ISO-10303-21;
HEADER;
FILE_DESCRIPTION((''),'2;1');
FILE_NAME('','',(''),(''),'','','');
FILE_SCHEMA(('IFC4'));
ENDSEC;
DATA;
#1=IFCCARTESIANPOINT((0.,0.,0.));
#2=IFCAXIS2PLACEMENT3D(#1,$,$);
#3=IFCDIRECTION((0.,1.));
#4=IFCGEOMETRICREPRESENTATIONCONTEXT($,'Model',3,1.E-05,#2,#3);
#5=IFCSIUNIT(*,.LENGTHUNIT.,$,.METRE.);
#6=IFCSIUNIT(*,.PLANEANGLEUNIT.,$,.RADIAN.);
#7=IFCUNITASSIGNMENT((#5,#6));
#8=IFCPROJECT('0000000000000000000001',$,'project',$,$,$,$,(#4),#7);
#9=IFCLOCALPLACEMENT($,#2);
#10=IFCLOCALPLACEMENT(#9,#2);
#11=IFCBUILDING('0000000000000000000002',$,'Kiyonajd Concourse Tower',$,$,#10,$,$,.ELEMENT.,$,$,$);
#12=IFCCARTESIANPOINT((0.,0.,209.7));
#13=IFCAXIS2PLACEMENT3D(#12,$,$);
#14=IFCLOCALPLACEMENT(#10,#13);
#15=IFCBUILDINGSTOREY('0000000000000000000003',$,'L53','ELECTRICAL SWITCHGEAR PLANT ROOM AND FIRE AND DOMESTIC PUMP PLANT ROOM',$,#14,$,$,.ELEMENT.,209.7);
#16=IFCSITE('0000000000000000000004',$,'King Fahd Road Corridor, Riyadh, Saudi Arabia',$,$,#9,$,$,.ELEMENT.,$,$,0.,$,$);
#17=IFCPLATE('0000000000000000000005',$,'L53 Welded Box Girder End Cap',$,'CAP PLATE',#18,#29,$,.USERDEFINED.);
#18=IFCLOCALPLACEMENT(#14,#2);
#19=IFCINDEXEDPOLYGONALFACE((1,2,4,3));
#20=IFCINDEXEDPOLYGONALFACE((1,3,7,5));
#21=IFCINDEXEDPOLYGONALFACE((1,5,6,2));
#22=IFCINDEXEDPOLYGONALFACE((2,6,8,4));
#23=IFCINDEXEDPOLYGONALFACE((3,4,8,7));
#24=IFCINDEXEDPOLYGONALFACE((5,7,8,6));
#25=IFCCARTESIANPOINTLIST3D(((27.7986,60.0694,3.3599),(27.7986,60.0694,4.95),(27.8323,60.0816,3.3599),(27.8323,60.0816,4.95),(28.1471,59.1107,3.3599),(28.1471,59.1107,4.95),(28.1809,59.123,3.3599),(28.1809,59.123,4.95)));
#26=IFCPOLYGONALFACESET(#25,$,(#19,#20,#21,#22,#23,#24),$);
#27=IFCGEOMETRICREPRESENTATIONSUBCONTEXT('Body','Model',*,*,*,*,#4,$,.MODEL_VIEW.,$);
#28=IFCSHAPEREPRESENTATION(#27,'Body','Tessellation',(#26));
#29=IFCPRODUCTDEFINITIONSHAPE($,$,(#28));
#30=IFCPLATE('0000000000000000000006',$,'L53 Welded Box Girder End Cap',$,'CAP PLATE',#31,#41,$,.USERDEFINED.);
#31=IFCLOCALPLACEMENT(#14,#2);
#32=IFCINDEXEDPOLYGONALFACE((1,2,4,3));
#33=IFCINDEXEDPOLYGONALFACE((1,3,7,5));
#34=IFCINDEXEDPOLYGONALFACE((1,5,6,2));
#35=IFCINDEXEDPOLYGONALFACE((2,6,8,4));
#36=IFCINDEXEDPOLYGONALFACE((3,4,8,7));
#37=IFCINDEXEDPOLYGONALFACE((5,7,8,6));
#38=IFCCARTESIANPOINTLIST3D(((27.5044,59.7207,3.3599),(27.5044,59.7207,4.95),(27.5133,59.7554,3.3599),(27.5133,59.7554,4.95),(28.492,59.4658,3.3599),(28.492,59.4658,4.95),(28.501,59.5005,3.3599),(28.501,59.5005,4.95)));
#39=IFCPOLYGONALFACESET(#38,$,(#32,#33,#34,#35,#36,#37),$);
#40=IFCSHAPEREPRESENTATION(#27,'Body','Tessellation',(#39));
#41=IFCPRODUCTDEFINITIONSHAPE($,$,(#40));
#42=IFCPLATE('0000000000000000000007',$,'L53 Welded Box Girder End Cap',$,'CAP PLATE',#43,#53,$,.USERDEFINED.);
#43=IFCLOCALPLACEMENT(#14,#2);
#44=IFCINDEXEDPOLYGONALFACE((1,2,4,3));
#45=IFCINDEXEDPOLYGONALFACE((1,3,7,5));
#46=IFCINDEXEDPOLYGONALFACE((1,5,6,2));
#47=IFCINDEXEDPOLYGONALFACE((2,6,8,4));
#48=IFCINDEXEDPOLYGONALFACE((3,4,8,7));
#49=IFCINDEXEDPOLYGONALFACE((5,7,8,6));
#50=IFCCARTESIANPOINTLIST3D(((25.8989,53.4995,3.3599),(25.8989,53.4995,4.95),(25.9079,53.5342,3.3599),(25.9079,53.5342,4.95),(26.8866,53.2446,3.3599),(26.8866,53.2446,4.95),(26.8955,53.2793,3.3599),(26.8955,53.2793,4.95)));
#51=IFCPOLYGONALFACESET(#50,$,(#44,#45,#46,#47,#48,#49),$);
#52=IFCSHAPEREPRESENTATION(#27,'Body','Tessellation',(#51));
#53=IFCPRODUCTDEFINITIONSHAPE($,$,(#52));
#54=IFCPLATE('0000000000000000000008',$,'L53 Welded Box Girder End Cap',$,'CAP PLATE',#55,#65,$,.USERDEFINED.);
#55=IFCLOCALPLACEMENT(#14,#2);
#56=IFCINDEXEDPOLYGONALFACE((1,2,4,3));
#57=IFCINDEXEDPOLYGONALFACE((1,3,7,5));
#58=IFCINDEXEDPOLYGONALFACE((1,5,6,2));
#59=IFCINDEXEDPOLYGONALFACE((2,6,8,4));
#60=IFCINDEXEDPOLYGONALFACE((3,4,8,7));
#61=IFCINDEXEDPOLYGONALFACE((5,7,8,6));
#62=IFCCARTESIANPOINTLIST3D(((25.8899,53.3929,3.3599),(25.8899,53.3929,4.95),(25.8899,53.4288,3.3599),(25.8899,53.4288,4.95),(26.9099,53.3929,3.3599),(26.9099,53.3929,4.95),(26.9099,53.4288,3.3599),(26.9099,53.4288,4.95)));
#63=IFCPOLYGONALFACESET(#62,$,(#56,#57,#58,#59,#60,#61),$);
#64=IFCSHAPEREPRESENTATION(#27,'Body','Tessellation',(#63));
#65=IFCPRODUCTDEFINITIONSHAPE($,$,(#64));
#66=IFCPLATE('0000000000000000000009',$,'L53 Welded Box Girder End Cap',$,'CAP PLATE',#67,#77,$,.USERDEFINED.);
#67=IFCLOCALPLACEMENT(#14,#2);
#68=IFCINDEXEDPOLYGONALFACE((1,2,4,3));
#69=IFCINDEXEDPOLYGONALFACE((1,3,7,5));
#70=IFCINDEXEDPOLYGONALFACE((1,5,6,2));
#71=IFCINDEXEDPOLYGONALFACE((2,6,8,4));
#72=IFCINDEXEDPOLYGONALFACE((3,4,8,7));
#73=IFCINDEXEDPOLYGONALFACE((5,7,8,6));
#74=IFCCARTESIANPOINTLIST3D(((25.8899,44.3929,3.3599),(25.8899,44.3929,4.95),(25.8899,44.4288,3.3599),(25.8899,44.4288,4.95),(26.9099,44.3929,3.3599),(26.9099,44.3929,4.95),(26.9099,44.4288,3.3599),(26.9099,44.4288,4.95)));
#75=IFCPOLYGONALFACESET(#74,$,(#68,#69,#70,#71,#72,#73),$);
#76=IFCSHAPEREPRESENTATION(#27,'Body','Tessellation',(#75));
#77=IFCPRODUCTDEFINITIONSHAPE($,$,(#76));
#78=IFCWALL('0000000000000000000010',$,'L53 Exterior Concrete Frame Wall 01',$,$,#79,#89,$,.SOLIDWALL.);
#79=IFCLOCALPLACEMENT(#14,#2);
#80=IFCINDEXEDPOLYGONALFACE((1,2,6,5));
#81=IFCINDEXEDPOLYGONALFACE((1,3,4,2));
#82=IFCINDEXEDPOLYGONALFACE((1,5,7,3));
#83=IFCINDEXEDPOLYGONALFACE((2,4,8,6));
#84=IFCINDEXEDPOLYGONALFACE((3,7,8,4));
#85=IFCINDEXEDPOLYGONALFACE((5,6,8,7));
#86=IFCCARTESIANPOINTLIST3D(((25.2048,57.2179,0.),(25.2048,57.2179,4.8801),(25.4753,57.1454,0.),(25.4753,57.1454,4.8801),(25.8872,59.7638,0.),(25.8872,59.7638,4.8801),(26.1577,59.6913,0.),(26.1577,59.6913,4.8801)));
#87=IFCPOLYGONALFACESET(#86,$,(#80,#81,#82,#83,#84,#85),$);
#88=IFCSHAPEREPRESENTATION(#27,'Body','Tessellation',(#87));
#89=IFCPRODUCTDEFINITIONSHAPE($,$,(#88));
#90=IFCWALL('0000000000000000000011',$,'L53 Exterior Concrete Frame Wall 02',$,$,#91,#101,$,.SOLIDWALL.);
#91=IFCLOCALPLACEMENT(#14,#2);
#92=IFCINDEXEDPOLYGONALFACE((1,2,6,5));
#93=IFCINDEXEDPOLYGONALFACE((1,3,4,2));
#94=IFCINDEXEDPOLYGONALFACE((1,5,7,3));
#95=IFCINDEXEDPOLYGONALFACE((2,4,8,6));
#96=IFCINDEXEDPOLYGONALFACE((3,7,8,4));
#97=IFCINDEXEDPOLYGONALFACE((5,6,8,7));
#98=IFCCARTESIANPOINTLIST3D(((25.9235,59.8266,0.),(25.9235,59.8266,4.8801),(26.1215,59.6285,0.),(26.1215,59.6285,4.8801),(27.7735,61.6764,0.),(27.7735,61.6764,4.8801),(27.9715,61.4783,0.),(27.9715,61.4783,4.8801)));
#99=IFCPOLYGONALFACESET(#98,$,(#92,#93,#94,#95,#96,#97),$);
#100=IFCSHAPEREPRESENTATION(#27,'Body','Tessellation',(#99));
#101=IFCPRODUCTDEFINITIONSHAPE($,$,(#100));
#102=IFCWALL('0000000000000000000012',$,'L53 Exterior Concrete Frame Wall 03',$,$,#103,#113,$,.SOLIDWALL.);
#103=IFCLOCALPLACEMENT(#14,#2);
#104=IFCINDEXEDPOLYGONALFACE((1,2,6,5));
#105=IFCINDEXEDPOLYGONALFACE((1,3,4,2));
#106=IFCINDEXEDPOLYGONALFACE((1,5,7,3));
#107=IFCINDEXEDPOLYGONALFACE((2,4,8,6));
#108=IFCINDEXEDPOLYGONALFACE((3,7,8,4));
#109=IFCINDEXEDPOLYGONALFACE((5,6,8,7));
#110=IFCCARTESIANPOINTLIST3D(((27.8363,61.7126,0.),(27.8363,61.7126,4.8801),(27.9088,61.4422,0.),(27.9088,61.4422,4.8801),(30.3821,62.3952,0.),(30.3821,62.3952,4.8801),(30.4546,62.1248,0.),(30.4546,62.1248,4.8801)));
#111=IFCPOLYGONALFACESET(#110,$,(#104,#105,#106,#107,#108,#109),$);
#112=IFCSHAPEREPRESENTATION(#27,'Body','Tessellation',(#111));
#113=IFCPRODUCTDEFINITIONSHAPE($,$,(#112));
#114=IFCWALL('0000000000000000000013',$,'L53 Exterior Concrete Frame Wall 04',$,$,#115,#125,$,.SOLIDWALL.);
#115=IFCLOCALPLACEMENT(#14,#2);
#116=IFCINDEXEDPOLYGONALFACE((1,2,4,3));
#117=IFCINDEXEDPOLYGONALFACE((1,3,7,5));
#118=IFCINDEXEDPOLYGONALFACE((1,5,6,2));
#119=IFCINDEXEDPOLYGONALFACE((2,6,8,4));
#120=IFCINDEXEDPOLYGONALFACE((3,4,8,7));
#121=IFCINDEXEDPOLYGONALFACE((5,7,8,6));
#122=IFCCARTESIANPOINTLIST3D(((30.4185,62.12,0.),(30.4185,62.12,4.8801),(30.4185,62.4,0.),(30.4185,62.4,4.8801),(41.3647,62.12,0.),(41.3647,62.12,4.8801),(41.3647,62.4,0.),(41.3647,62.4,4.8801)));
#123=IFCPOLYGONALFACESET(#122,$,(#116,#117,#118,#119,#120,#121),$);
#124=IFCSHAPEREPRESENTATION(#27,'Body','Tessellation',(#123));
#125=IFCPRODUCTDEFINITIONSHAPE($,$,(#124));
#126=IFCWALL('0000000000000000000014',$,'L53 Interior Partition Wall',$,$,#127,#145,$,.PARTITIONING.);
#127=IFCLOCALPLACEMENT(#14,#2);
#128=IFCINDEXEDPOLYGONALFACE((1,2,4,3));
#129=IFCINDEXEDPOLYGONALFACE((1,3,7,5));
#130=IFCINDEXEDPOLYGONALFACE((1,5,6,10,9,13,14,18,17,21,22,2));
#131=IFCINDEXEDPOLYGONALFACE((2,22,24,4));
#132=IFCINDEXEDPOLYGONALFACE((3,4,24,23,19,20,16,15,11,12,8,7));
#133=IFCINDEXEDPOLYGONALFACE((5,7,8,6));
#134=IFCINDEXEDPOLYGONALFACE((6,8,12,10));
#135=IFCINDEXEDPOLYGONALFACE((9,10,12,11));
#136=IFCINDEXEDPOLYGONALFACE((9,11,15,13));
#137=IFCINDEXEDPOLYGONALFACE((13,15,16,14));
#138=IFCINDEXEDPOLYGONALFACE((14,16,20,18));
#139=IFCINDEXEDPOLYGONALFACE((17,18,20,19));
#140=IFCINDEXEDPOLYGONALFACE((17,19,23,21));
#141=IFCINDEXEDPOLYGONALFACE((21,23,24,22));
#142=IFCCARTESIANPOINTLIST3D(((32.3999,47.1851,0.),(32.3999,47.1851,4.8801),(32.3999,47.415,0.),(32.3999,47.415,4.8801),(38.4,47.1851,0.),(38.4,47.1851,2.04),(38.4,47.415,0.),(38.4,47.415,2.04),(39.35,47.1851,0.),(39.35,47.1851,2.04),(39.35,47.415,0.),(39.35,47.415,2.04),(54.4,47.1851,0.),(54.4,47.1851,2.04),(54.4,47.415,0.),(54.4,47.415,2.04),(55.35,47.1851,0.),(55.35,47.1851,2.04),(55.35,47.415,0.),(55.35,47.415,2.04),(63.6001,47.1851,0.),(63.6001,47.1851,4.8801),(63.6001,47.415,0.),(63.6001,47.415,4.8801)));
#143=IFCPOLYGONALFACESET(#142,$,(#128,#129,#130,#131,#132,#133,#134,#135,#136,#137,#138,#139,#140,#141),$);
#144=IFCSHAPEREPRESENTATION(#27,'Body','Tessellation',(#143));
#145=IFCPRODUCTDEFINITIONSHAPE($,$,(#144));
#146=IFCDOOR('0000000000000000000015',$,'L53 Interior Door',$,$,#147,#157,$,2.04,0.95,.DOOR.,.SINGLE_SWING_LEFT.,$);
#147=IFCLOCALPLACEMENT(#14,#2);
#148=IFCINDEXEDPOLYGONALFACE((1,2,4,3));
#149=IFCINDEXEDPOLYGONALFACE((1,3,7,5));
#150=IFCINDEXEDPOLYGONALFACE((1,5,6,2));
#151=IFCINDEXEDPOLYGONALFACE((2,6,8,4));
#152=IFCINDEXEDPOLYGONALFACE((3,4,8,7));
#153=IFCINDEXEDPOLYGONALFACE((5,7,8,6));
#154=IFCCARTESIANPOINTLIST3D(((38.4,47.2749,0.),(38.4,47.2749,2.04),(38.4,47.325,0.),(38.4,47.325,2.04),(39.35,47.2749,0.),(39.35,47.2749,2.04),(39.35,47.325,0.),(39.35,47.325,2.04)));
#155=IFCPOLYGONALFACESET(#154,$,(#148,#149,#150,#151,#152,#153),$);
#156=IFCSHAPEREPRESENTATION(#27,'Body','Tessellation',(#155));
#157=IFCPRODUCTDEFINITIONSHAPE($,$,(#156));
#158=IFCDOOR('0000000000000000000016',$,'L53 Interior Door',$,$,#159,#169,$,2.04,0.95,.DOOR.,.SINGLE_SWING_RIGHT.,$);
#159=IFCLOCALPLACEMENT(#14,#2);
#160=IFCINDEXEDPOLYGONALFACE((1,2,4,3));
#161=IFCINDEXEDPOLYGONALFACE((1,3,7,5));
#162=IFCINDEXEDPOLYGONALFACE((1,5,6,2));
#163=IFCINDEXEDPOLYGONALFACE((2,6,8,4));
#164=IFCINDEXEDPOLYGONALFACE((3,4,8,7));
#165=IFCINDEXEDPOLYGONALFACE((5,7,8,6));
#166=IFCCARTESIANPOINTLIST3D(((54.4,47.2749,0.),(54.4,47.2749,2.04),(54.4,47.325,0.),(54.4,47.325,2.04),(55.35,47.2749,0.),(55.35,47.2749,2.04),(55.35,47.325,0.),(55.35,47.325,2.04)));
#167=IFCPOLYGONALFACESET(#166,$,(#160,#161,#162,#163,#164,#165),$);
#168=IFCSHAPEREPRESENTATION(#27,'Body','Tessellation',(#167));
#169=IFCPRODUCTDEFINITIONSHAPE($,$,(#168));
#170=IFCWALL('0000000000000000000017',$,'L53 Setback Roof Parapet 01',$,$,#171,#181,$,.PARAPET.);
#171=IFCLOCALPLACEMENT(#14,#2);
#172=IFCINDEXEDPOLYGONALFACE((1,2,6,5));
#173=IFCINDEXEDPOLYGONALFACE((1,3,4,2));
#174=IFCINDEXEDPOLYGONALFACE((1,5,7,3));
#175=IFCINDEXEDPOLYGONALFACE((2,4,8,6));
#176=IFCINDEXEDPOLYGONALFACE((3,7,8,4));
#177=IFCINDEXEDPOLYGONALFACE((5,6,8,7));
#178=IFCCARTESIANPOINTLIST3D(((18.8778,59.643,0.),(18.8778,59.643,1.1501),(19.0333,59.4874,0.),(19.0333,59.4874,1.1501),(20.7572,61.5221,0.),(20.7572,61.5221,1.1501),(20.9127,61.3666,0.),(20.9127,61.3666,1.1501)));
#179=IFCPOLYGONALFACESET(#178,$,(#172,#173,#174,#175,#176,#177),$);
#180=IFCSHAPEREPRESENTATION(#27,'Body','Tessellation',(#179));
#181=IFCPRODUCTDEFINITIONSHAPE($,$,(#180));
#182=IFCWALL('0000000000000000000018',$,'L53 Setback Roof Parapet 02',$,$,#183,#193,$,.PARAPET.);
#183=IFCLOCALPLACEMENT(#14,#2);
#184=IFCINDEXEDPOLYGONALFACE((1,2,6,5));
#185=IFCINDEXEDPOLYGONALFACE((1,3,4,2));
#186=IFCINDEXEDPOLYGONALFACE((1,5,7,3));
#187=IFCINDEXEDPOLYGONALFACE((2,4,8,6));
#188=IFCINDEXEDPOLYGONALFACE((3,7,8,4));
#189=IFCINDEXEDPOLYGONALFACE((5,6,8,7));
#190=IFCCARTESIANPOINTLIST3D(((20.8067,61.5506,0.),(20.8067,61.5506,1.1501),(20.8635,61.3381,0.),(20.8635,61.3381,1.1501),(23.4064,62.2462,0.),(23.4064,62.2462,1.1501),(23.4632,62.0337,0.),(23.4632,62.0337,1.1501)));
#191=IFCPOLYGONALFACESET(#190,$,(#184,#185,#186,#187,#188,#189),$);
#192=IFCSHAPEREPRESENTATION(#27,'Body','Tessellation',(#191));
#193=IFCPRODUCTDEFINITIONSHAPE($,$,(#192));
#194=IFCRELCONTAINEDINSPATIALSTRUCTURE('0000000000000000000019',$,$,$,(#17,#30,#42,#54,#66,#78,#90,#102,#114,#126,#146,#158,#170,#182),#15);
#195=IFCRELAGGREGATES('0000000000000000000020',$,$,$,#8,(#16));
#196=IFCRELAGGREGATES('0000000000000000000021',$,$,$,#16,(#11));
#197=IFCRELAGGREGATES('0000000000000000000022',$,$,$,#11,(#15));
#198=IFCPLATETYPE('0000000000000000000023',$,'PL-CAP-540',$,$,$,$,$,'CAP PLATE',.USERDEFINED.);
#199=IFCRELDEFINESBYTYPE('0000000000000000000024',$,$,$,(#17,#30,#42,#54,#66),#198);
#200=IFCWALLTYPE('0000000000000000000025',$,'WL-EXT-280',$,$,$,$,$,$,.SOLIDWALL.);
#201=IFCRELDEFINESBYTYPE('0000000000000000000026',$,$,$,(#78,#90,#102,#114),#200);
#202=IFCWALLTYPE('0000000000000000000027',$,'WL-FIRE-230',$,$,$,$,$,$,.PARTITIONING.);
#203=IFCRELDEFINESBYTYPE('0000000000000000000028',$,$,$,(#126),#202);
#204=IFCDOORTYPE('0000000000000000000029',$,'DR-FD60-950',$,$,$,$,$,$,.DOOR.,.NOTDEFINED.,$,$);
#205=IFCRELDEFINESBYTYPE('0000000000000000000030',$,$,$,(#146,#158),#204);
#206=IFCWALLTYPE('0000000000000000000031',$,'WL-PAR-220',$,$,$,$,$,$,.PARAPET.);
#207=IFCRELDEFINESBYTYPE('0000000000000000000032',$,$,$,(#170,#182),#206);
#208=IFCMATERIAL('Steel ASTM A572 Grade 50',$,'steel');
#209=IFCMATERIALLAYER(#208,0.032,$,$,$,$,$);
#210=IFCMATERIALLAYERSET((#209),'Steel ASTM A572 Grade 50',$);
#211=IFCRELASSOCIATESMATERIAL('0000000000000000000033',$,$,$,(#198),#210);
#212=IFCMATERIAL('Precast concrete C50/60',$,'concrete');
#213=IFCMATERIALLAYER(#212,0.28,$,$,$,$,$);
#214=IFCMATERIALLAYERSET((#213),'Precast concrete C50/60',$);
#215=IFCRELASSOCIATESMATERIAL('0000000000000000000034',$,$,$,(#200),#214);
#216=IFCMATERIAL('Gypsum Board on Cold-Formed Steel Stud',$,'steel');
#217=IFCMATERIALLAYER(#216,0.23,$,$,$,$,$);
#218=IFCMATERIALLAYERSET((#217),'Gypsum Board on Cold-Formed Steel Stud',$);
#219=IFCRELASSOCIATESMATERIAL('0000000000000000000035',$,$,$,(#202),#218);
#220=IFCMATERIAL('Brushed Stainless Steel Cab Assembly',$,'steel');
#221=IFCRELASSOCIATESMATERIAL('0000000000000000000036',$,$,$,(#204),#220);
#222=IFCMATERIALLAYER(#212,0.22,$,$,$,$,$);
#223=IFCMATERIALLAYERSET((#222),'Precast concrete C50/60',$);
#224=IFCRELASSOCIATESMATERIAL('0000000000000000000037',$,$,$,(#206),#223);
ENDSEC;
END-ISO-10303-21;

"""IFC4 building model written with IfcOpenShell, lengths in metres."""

from ifc_helpers import new_model, si_unit, direction, frame, frame_2d, origin, origin_2d, place, context, subcontext, project, spatial, rectangle, extrude, material, layer, layer_set, type_object, element, fill, save


model = new_model("IFC4")

# Units and contexts
model_context = context("Model", 3, precision=1e-05, world=origin(), true_north=direction((0.0, 1.0)))
body_context = subcontext(model_context, "Body", "Model", "MODEL_VIEW")
ifc_project = project(units=[si_unit("LENGTHUNIT", "METRE"), si_unit("PLANEANGLEUNIT", "RADIAN")], contexts=[model_context])

# Site, building, storey
site_placement = place(None, origin())
site = spatial("IfcSite", under=ifc_project, at=site_placement, Name="King Fahd Road Corridor, Riyadh, Saudi Arabia", CompositionType="ELEMENT", RefElevation=0.0)
building_placement = place(site_placement, origin())
building = spatial("IfcBuilding", under=site, at=building_placement, Name="Kiyonajd Concourse Tower", CompositionType="ELEMENT")
storey_placement = place(building_placement, frame((0.0, 0.0, 209.7)))
storey = spatial("IfcBuildingStorey", under=building, at=storey_placement, Name="L53", Description="ELECTRICAL SWITCHGEAR PLANT ROOM AND FIRE AND DOMESTIC PUMP PLANT ROOM", CompositionType="ELEMENT", Elevation=209.7)

# Shared definitions
ifc_material_1 = material(Name="Steel ASTM A572 Grade 50", Category="steel")

# Plates
ifc_layer_1 = layer(ifc_material_1, 0.032)
ifc_layer_set_1 = layer_set([ifc_layer_1], Name="Steel ASTM A572 Grade 50")
plate_type = type_object("IfcPlateType", Name="PL-CAP-540", ElementType="CAP PLATE", PredefinedType="USERDEFINED", material=ifc_layer_set_1)
for number, where, z_axis, x_axis, name in (
    (1, (27.9897, 59.5962, 3.3599), (0.0, 0.0, 1.0), (-0.939812, -0.341692, 0.0), "L53 Welded Box Girder End Cap"),
    (2, (28.0027, 59.6106, 3.3599), (0.0, 0.0, 1.0), (0.249873, 0.968279, 0.0), "L53 Welded Box Girder End Cap"),
    (3, (26.3972, 53.3894, 3.3599), (0.0, 0.0, 1.0), (-0.249873, -0.968279, 0.0), "L53 Welded Box Girder End Cap"),
    (4, (26.3999, 53.4109, 3.3599), (0.0, 0.0, 1.0), (0.0, 1.0, 0.0), "L53 Welded Box Girder End Cap"),
    (5, (26.3999, 44.4109, 3.3599), (0.0, 0.0, 1.0), (0.0, 1.0, 0.0), "L53 Welded Box Girder End Cap"),
):
    element("IfcPlate", number, at=place(storey_placement, frame(where, z_axis=z_axis, x_axis=x_axis)), inside=storey, type_object=plate_type, Name=name, ObjectType="CAP PLATE", PredefinedType="USERDEFINED", context=body_context, shape_type="SweptSolid", body=[
        extrude(rectangle(XDim=0.0359, YDim=1.02, at=origin_2d()), origin(), (0.0, 0.0, 1.0), 1.5901),
    ])

# Walls
ifc_material_2 = material(Name="Precast concrete C50/60", Category="concrete")
ifc_layer_2 = layer(ifc_material_2, 0.28)
ifc_layer_set_2 = layer_set([ifc_layer_2], Name="Precast concrete C50/60")
wall_type_1 = type_object("IfcWallType", Name="WL-EXT-280", PredefinedType="SOLIDWALL", material=ifc_layer_set_2)
wall_1_placement = place(storey_placement, frame((25.3401, 57.1816, 0.0), z_axis=(0.0, 0.0, 1.0), x_axis=(0.25889, 0.965907, 0.0)))
element("IfcWall", 6, at=wall_1_placement, inside=storey, type_object=wall_type_1, Name="L53 Exterior Concrete Frame Wall 01", PredefinedType="SOLIDWALL", context=body_context, shape_type="SweptSolid", body=[
    extrude(rectangle(XDim=2.6357, YDim=0.28, at=frame_2d((1.3179, 0.0))), origin(), (0.0, 0.0, 1.0), 4.8801),
])
wall_2_placement = place(storey_placement, frame((26.0225, 59.7275, 0.0), z_axis=(0.0, 0.0, 1.0), x_axis=(0.707153, 0.70706, 0.0)))
element("IfcWall", 7, at=wall_2_placement, inside=storey, type_object=wall_type_1, Name="L53 Exterior Concrete Frame Wall 02", PredefinedType="SOLIDWALL", context=body_context, shape_type="SweptSolid", body=[
    extrude(rectangle(XDim=2.6162, YDim=0.28, at=frame_2d((1.3081, 0.0))), origin(), (0.0, 0.0, 1.0), 4.8801),
])
wall_3_placement = place(storey_placement, frame((27.8726, 61.5774, 0.0), z_axis=(0.0, 0.0, 1.0), x_axis=(0.965884, 0.258977, 0.0)))
element("IfcWall", 8, at=wall_3_placement, inside=storey, type_object=wall_type_1, Name="L53 Exterior Concrete Frame Wall 03", PredefinedType="SOLIDWALL", context=body_context, shape_type="SweptSolid", body=[
    extrude(rectangle(XDim=2.6357, YDim=0.28, at=frame_2d((1.3179, 0.0))), origin(), (0.0, 0.0, 1.0), 4.8801),
])
wall_4_placement = place(storey_placement, frame((30.4185, 62.26, 0.0), z_axis=(0.0, 0.0, 1.0), x_axis=(1.0, 0.0, 0.0)))
element("IfcWall", 9, at=wall_4_placement, inside=storey, type_object=wall_type_1, Name="L53 Exterior Concrete Frame Wall 04", PredefinedType="SOLIDWALL", context=body_context, shape_type="SweptSolid", body=[
    extrude(rectangle(XDim=10.9463, YDim=0.28, at=frame_2d((5.4731, 0.0))), origin(), (0.0, 0.0, 1.0), 4.8801),
])

# Wall, openings, doors
ifc_material_3 = material(Name="Gypsum Board on Cold-Formed Steel Stud", Category="steel")
ifc_layer_3 = layer(ifc_material_3, 0.23)
ifc_layer_set_3 = layer_set([ifc_layer_3], Name="Gypsum Board on Cold-Formed Steel Stud")
wall_type_2 = type_object("IfcWallType", Name="WL-FIRE-230", PredefinedType="PARTITIONING", material=ifc_layer_set_3)
wall_5_placement = place(storey_placement, frame((32.3999, 47.3, 0.0), z_axis=(0.0, 0.0, 1.0), x_axis=(1.0, 0.0, 0.0)))
wall_5 = element("IfcWall", 10, at=wall_5_placement, inside=storey, type_object=wall_type_2, Name="L53 Interior Partition Wall", PredefinedType="PARTITIONING", context=body_context, shape_type="SweptSolid", body=[
    extrude(rectangle(XDim=31.2002, YDim=0.23, at=frame_2d((15.6001, 0.0))), origin(), (0.0, 0.0, 1.0), 4.8801),
])
opening_1_placement = place(wall_5_placement, frame((6.0, 0.0, 0.0)))
opening_1 = element("IfcOpeningElement", 11, at=opening_1_placement, cuts=wall_5, PredefinedType="OPENING", context=body_context, shape_type="SweptSolid", body=[
    extrude(rectangle(XDim=0.95, YDim=2.04, at=frame_2d((0.4751, 1.02))), frame((0.0, 0.125, 0.0), z_axis=(0.0, -1.0, 0.0), x_axis=(1.0, 0.0, 0.0)), (0.0, 0.0, 1.0), 0.25),
])
opening_2_placement = place(wall_5_placement, frame((22.0, 0.0, 0.0)))
opening_2 = element("IfcOpeningElement", 12, at=opening_2_placement, cuts=wall_5, PredefinedType="OPENING", context=body_context, shape_type="SweptSolid", body=[
    extrude(rectangle(XDim=0.95, YDim=2.04, at=frame_2d((0.4751, 1.02))), frame((0.0, 0.125, 0.0), z_axis=(0.0, -1.0, 0.0), x_axis=(1.0, 0.0, 0.0)), (0.0, 0.0, 1.0), 0.25),
])
ifc_material_4 = material(Name="Brushed Stainless Steel Cab Assembly", Category="steel")
door_type = type_object("IfcDoorType", Name="DR-FD60-950", OperationType="NOTDEFINED", PredefinedType="DOOR", material=ifc_material_4)
door_1_placement = place(opening_1_placement, origin())
door_1 = element("IfcDoor", 13, at=door_1_placement, inside=storey, type_object=door_type, Name="L53 Interior Door", OperationType="SINGLE_SWING_LEFT", OverallHeight=2.04, OverallWidth=0.95, PredefinedType="DOOR", context=body_context, shape_type="SweptSolid", body=[
    extrude(rectangle(XDim=0.95, YDim=2.04, at=frame_2d((0.4751, 1.02))), frame((0.0, 0.0249, 0.0), z_axis=(0.0, -1.0, 0.0), x_axis=(1.0, 0.0, 0.0)), (0.0, 0.0, 1.0), 0.05),
])
fill(opening_1, door_1)
door_2_placement = place(opening_2_placement, origin())
door_2 = element("IfcDoor", 14, at=door_2_placement, inside=storey, type_object=door_type, Name="L53 Interior Door", OperationType="SINGLE_SWING_RIGHT", OverallHeight=2.04, OverallWidth=0.95, PredefinedType="DOOR", context=body_context, shape_type="SweptSolid", body=[
    extrude(rectangle(XDim=0.95, YDim=2.04, at=frame_2d((0.4751, 1.02))), frame((0.0, 0.0249, 0.0), z_axis=(0.0, -1.0, 0.0), x_axis=(1.0, 0.0, 0.0)), (0.0, 0.0, 1.0), 0.05),
])
fill(opening_2, door_2)

# Walls
ifc_layer_4 = layer(ifc_material_2, 0.22)
ifc_layer_set_4 = layer_set([ifc_layer_4], Name="Precast concrete C50/60")
wall_type_3 = type_object("IfcWallType", Name="WL-PAR-220", PredefinedType="PARAPET", material=ifc_layer_set_4)
wall_6_placement = place(storey_placement, frame((18.9556, 59.5652, 0.0), z_axis=(0.0, 0.0, 1.0), x_axis=(0.707153, 0.707061, 0.0)))
element("IfcWall", 15, at=wall_6_placement, inside=storey, type_object=wall_type_3, Name="L53 Setback Roof Parapet 01", PredefinedType="PARAPET", context=body_context, shape_type="SweptSolid", body=[
    extrude(rectangle(XDim=2.6577, YDim=0.22, at=frame_2d((1.3289, 0.0))), origin(), (0.0, 0.0, 1.0), 1.1501),
])
wall_7_placement = place(storey_placement, frame((20.835, 61.4443, 0.0), z_axis=(0.0, 0.0, 1.0), x_axis=(0.966019, 0.25847, 0.0)))
element("IfcWall", 16, at=wall_7_placement, inside=storey, type_object=wall_type_3, Name="L53 Setback Roof Parapet 02", PredefinedType="PARAPET", context=body_context, shape_type="SweptSolid", body=[
    extrude(rectangle(XDim=2.6912, YDim=0.22, at=frame_2d((1.3457, 0.0))), origin(), (0.0, 0.0, 1.0), 1.1501),
])

save(model, "model.ifc")
